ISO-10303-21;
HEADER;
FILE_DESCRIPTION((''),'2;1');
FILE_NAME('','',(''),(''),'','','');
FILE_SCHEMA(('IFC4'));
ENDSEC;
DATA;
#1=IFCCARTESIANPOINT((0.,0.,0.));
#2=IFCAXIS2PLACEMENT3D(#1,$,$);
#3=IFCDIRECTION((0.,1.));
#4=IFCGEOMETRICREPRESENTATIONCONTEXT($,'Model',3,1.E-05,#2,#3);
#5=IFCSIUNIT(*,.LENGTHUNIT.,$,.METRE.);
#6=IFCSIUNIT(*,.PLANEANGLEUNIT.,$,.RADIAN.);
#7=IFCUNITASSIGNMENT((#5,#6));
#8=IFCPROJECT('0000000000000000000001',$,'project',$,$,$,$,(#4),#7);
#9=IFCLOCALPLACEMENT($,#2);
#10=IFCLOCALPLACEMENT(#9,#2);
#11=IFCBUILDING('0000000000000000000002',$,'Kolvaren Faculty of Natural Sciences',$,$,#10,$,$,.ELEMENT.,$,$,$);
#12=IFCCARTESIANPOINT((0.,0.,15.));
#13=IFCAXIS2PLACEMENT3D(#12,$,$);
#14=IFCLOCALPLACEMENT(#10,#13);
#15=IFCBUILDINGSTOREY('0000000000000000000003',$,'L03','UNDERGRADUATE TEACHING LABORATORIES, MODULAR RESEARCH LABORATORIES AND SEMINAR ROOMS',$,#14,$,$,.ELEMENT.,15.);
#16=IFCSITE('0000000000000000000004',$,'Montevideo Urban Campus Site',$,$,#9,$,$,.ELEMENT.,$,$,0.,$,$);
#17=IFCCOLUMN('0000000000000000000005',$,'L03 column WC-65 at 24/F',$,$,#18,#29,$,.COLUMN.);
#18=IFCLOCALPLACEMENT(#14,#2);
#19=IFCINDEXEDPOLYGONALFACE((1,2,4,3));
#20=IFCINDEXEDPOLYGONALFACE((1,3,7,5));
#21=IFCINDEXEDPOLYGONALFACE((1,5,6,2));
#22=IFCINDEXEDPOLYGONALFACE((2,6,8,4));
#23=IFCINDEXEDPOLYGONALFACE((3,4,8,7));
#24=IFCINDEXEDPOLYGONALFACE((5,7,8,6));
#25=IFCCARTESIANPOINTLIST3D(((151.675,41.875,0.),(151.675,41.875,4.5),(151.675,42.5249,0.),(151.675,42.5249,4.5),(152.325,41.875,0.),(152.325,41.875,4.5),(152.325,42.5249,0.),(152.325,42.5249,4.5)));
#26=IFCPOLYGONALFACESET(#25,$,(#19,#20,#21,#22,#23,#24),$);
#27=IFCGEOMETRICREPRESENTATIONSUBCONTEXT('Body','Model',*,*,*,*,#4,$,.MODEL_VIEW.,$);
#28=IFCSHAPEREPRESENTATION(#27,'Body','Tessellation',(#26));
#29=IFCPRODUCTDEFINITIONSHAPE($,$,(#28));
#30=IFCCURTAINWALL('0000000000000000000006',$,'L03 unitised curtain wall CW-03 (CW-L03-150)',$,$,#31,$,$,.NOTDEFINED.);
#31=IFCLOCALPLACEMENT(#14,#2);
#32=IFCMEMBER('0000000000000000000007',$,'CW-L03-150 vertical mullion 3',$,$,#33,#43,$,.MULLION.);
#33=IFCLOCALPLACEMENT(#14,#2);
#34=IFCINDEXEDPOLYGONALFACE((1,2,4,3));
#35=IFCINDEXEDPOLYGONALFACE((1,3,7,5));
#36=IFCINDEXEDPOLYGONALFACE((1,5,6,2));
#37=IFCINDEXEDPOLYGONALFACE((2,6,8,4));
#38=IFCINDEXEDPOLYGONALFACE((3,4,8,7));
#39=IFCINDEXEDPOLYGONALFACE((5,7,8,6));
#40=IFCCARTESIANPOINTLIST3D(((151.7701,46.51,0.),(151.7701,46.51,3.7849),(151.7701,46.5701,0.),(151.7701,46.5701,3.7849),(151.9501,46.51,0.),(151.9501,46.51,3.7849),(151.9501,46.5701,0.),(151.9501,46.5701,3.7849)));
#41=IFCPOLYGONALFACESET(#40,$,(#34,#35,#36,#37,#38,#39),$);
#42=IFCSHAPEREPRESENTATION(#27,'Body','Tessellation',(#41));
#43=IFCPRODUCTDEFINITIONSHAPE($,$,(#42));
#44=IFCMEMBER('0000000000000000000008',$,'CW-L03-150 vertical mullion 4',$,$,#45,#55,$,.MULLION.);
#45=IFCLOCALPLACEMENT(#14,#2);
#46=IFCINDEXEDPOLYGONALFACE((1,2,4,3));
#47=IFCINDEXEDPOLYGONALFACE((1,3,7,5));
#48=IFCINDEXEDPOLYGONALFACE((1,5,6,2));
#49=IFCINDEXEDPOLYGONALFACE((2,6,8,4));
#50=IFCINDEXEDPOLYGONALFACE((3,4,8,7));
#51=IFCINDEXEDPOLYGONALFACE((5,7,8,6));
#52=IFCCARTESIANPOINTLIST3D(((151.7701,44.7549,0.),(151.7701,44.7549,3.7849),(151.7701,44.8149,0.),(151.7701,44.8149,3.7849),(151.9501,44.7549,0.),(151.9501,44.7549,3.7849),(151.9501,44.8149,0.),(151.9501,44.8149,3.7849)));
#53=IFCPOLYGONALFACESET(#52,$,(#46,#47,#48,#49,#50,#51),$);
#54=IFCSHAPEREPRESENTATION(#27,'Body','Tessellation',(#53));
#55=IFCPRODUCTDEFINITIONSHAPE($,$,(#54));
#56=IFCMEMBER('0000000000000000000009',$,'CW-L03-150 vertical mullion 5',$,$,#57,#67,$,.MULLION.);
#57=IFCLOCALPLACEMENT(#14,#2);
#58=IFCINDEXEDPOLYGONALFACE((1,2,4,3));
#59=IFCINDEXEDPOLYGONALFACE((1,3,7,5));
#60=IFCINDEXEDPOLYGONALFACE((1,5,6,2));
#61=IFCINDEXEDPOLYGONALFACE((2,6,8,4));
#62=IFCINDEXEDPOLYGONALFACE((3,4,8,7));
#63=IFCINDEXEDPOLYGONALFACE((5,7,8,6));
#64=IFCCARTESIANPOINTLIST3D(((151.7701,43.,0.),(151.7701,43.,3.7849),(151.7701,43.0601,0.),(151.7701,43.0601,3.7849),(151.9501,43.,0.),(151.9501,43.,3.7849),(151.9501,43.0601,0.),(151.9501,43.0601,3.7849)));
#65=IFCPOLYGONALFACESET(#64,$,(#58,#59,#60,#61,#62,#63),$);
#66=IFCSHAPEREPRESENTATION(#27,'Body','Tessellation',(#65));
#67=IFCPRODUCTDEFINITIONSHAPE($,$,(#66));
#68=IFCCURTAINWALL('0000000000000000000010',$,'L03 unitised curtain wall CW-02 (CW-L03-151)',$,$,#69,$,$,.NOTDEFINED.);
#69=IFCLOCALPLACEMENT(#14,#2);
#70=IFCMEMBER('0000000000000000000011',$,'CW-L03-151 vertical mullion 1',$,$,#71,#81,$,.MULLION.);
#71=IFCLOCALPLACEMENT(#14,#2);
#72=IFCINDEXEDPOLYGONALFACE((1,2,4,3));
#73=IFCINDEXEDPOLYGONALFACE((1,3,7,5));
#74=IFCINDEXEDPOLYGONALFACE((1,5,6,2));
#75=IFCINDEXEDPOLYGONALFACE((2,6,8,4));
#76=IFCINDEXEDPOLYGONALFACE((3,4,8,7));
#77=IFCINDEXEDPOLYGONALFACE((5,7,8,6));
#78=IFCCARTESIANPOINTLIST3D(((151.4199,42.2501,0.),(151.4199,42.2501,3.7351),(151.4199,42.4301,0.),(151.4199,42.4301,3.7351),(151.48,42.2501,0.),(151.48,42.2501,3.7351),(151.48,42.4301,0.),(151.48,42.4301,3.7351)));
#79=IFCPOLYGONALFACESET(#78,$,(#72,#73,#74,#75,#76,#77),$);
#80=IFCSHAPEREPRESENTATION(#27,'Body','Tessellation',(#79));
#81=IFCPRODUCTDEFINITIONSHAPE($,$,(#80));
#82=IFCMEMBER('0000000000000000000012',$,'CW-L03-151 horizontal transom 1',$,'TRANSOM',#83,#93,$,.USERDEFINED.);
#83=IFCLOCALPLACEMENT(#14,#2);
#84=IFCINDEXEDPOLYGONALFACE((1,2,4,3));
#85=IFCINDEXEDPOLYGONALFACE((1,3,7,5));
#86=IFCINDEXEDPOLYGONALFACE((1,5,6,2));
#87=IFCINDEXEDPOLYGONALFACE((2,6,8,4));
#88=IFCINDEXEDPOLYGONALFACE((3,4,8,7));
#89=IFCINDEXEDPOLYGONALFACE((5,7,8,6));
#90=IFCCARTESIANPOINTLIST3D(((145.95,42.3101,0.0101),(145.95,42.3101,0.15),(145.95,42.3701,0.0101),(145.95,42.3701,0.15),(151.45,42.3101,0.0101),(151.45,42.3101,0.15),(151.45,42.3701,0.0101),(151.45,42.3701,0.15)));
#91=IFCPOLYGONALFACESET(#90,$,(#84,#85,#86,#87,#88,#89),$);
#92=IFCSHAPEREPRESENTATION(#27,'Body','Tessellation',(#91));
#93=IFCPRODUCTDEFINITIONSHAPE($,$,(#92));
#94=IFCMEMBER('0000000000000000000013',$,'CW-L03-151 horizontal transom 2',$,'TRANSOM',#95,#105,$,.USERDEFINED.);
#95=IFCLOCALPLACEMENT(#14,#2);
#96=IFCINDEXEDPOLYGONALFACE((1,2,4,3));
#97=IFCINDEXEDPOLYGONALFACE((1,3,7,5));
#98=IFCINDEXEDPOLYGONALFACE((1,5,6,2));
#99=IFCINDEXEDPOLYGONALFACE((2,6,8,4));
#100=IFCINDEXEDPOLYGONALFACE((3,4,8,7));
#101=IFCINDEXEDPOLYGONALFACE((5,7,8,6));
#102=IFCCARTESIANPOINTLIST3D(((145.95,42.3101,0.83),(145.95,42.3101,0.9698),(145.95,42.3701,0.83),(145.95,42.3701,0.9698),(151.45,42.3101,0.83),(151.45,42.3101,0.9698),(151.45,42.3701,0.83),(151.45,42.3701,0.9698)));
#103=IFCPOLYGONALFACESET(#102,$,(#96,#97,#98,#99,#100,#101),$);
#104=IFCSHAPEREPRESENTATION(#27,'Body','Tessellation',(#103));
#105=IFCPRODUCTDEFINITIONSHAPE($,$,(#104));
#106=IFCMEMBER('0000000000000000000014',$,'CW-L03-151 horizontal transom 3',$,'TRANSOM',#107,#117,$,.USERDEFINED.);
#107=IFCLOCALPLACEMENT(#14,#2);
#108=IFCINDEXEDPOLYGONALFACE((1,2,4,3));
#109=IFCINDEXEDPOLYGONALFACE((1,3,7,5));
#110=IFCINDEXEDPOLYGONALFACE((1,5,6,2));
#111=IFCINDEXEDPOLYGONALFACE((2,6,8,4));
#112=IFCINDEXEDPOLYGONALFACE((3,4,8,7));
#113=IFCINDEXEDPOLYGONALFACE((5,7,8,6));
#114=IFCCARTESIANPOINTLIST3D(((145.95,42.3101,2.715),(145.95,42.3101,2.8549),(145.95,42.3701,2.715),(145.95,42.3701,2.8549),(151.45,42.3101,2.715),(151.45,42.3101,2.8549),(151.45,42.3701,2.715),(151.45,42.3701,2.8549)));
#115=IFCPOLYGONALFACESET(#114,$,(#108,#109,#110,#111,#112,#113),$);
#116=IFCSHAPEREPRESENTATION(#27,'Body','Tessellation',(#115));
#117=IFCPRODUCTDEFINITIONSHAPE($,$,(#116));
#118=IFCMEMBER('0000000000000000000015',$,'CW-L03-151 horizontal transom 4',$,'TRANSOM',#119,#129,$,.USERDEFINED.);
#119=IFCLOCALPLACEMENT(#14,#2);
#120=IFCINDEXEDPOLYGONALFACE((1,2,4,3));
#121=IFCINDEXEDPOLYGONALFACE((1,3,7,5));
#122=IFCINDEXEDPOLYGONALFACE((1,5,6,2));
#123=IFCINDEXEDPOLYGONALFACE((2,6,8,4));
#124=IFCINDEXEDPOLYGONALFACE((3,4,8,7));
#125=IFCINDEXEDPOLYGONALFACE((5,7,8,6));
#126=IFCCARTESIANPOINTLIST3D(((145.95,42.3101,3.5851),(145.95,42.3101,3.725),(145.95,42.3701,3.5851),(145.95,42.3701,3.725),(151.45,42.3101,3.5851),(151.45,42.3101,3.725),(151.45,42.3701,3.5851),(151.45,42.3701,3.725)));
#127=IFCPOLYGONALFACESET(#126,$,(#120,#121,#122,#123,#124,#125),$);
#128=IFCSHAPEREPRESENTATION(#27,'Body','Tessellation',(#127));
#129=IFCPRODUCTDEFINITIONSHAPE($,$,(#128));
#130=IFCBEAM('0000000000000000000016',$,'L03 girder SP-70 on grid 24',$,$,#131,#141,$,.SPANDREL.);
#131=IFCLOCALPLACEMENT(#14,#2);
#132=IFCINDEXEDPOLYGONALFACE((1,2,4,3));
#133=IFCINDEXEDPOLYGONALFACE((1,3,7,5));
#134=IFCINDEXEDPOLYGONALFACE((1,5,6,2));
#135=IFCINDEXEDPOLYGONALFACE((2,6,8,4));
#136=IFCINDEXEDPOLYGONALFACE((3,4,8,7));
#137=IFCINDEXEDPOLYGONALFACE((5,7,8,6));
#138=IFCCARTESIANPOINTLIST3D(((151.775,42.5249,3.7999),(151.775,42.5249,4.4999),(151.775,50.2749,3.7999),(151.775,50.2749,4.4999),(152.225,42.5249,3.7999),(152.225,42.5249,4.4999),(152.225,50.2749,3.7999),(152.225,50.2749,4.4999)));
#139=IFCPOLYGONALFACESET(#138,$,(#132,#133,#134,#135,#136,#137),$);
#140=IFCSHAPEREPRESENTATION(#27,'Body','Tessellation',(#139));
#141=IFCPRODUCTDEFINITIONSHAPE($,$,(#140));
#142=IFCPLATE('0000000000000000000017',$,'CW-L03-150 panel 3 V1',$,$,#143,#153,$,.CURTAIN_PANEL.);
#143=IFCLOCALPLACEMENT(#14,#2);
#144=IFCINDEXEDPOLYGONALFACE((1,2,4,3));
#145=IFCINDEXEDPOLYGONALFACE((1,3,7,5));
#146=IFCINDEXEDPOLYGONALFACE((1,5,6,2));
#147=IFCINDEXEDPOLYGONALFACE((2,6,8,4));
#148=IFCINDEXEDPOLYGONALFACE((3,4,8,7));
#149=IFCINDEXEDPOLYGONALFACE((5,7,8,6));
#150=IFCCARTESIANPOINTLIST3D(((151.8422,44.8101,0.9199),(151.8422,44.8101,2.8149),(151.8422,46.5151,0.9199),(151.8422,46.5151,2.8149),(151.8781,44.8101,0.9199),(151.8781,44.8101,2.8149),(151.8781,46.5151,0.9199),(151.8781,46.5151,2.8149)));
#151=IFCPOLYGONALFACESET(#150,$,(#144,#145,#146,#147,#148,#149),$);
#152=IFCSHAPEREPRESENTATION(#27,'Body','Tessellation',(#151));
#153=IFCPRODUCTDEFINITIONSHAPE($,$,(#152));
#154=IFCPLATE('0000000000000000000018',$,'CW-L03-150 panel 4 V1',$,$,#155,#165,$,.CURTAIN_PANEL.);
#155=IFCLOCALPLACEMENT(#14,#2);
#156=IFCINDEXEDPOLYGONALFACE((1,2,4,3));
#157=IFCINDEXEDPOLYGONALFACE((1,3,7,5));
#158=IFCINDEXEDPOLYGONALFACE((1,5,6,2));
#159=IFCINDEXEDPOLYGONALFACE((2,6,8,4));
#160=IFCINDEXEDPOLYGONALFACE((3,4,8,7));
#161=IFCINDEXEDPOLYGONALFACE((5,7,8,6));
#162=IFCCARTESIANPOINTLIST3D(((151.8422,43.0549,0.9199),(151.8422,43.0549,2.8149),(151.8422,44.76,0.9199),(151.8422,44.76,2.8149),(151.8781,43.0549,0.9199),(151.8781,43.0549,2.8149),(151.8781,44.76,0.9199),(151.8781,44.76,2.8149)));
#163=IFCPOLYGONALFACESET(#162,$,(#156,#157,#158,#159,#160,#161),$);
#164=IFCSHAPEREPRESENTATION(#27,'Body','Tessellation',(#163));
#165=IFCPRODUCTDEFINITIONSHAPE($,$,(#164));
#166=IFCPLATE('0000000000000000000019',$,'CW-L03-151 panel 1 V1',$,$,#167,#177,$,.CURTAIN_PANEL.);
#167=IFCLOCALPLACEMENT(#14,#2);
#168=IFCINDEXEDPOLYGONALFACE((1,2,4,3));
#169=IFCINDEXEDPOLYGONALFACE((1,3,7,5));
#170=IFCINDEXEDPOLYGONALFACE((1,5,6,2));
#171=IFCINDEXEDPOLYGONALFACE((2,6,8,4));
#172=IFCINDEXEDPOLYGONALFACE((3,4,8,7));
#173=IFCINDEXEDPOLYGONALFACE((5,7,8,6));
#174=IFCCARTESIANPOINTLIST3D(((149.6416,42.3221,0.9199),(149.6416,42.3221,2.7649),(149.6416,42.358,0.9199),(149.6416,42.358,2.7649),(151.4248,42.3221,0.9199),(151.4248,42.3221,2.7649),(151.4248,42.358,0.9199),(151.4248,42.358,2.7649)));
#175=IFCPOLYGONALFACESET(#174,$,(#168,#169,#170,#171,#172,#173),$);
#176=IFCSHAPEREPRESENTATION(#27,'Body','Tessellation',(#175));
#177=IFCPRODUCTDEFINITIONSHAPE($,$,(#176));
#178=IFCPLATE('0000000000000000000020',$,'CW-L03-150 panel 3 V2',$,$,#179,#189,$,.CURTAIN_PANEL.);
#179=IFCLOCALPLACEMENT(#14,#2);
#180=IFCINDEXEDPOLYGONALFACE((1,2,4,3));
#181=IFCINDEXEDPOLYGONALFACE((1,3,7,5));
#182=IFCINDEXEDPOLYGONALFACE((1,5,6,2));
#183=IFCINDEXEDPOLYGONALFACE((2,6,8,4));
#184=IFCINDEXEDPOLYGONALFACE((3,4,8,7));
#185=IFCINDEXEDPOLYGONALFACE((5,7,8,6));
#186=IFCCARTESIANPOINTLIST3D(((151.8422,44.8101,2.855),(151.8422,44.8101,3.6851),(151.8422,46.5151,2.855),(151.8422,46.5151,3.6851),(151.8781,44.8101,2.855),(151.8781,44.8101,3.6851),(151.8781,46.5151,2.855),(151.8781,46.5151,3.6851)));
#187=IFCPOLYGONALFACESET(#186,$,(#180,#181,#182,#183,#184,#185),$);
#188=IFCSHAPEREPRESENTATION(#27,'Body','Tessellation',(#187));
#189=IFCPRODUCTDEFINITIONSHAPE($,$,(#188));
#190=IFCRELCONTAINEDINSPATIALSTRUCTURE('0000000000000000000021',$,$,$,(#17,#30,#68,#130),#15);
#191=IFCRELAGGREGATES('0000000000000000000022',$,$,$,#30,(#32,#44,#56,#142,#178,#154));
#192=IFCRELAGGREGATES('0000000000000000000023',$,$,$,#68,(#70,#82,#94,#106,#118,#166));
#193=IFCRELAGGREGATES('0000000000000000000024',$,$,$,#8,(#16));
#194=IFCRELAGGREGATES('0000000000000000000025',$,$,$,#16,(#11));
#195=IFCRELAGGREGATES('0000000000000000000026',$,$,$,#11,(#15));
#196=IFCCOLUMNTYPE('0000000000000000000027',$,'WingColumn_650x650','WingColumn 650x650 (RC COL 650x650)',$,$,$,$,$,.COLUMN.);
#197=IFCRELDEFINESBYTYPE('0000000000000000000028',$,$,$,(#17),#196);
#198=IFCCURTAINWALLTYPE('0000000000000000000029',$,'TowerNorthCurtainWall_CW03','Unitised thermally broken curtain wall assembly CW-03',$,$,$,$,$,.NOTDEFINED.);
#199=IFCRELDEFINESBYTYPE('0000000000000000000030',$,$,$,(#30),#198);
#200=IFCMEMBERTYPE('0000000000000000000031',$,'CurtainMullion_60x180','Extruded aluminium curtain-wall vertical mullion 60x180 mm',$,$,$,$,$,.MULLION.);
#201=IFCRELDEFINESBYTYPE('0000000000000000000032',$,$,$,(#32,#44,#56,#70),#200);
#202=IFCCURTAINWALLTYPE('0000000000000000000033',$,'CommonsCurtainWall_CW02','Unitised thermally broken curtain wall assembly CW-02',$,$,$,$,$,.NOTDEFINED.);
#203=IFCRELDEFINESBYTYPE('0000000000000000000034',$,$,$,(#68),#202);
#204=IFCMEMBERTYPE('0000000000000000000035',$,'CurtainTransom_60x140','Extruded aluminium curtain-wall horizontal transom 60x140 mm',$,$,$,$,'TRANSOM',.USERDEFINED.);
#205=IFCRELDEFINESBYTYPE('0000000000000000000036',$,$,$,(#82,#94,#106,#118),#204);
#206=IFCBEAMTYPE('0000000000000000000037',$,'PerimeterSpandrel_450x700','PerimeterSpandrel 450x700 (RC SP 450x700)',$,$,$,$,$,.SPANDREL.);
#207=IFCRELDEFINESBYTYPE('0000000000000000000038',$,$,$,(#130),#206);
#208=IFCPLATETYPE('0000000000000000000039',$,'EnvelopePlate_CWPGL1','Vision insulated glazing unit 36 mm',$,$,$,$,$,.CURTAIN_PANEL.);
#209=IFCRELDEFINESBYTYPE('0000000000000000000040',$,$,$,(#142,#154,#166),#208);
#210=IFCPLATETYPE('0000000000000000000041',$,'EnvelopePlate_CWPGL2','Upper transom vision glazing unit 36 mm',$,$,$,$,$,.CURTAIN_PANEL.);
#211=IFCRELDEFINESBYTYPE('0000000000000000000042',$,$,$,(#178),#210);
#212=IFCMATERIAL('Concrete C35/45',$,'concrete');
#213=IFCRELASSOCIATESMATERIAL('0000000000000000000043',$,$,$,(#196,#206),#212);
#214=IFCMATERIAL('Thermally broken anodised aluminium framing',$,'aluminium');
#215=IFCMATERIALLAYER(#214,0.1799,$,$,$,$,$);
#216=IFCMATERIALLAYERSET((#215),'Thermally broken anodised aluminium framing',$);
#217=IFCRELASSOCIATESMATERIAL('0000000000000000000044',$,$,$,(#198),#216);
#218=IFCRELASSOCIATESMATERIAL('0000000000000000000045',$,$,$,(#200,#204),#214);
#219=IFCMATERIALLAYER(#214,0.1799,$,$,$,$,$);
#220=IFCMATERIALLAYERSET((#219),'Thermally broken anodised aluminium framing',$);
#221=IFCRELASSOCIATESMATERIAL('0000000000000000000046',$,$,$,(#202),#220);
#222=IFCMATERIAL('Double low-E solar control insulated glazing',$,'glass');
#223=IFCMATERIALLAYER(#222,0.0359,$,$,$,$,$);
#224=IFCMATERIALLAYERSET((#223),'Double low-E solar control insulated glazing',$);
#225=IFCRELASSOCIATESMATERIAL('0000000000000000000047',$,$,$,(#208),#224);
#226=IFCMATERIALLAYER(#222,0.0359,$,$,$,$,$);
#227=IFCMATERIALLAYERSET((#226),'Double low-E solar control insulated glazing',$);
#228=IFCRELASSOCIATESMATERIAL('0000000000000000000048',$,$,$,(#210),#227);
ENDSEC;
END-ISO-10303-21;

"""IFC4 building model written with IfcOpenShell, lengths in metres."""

from ifc_helpers import new_model, si_unit, direction, frame, origin, origin_2d, place, context, subcontext, project, spatial, rectangle, extrude, material, layer, layer_set, material_profile, profile_set, type_object, element, aggregate, save


model = new_model("IFC4")

# Units and contexts
model_context = context("Model", 3, precision=1e-05, world=origin(), true_north=direction((0.0, 1.0)))
body_context = subcontext(model_context, "Body", "Model", "MODEL_VIEW")
ifc_project = project(units=[si_unit("LENGTHUNIT", "METRE"), si_unit("PLANEANGLEUNIT", "RADIAN")], contexts=[model_context])

# Site, building, storey
site_placement = place(None, origin())
site = spatial("IfcSite", under=ifc_project, at=site_placement, Name="Montevideo Urban Campus Site", CompositionType="ELEMENT", RefElevation=0.0)
building_placement = place(site_placement, origin())
building = spatial("IfcBuilding", under=site, at=building_placement, Name="Kolvaren Faculty of Natural Sciences", CompositionType="ELEMENT")
storey_placement = place(building_placement, frame((0.0, 0.0, 15.0)))
storey = spatial("IfcBuildingStorey", under=building, at=storey_placement, Name="L03", Description="UNDERGRADUATE TEACHING LABORATORIES, MODULAR RESEARCH LABORATORIES AND SEMINAR ROOMS", CompositionType="ELEMENT", Elevation=15.0)

# Column
ifc_material_1 = material(Name="Concrete C35/45", Category="concrete")
ifc_material_profile_1 = material_profile(ifc_material_1, rectangle(XDim=0.6499, YDim=0.6499, at=origin_2d()), Name="RC COL 650x650")
ifc_profile_set_1 = profile_set([ifc_material_profile_1], Name="Concrete C35/45")
column_type = type_object("IfcColumnType", Name="WingColumn_650x650", Description="WingColumn 650x650 (RC COL 650x650)", PredefinedType="COLUMN", material=ifc_profile_set_1)
column_placement = place(storey_placement, frame((152.0, 42.2, 0.0), z_axis=(0.0, 0.0, 1.0), x_axis=(1.0, 0.0, 0.0)))
element("IfcColumn", 1, at=column_placement, inside=storey, type_object=column_type, Name="L03 column WC-65 at 24/F", PredefinedType="COLUMN", context=body_context, shape_type="SweptSolid", body=[
    extrude(rectangle(XDim=0.6499, YDim=0.6499, at=origin_2d()), origin(), (0.0, 0.0, 1.0), 4.5),
])

# Curtain walls, members
ifc_material_2 = material(Name="Thermally broken anodised aluminium framing", Category="aluminium")
ifc_layer_1 = layer(ifc_material_2, 0.1799)
ifc_layer_set_1 = layer_set([ifc_layer_1], Name="Thermally broken anodised aluminium framing")
curtain_wall_type_1 = type_object("IfcCurtainWallType", Name="TowerNorthCurtainWall_CW03", Description="Unitised thermally broken curtain wall assembly CW-03", PredefinedType="NOTDEFINED", material=ifc_layer_set_1)
curtain_wall_1_placement = place(storey_placement, origin())
curtain_wall_1 = element("IfcCurtainWall", 2, at=curtain_wall_1_placement, inside=storey, type_object=curtain_wall_type_1, Name="L03 unitised curtain wall CW-03 (CW-L03-150)", PredefinedType="NOTDEFINED")
ifc_material_profile_2 = material_profile(ifc_material_2, rectangle(XDim=0.0601, YDim=0.1799, at=origin_2d()), Name="ALU MUL 60x180")
ifc_profile_set_2 = profile_set([ifc_material_profile_2], Name="Thermally broken anodised aluminium framing")
member_type_1 = type_object("IfcMemberType", Name="CurtainMullion_60x180", Description="Extruded aluminium curtain-wall vertical mullion 60x180 mm", PredefinedType="MULLION", material=ifc_profile_set_2)
member_1_placement = place(storey_placement, frame((151.8601, 46.54, 0.0), z_axis=(0.0, 0.0, 1.0), x_axis=(0.0, -1.0, 0.0)))
member_1 = element("IfcMember", 3, at=member_1_placement, type_object=member_type_1, Name="CW-L03-150 vertical mullion 3", PredefinedType="MULLION", context=body_context, shape_type="SweptSolid", body=[
    extrude(rectangle(XDim=0.0601, YDim=0.1799, at=origin_2d()), origin(), (0.0, 0.0, 1.0), 3.7849),
])
member_2_placement = place(storey_placement, frame((151.8601, 44.7849, 0.0), z_axis=(0.0, 0.0, 1.0), x_axis=(0.0, -1.0, 0.0)))
member_2 = element("IfcMember", 4, at=member_2_placement, type_object=member_type_1, Name="CW-L03-150 vertical mullion 4", PredefinedType="MULLION", context=body_context, shape_type="SweptSolid", body=[
    extrude(rectangle(XDim=0.0601, YDim=0.1799, at=origin_2d()), origin(), (0.0, 0.0, 1.0), 3.7849),
])
member_3_placement = place(storey_placement, frame((151.8601, 43.03, 0.0), z_axis=(0.0, 0.0, 1.0), x_axis=(0.0, -1.0, 0.0)))
member_3 = element("IfcMember", 5, at=member_3_placement, type_object=member_type_1, Name="CW-L03-150 vertical mullion 5", PredefinedType="MULLION", context=body_context, shape_type="SweptSolid", body=[
    extrude(rectangle(XDim=0.0601, YDim=0.1799, at=origin_2d()), origin(), (0.0, 0.0, 1.0), 3.7849),
])
ifc_layer_2 = layer(ifc_material_2, 0.1799)
ifc_layer_set_2 = layer_set([ifc_layer_2], Name="Thermally broken anodised aluminium framing")
curtain_wall_type_2 = type_object("IfcCurtainWallType", Name="CommonsCurtainWall_CW02", Description="Unitised thermally broken curtain wall assembly CW-02", PredefinedType="NOTDEFINED", material=ifc_layer_set_2)
curtain_wall_2_placement = place(storey_placement, origin())
curtain_wall_2 = element("IfcCurtainWall", 6, at=curtain_wall_2_placement, inside=storey, type_object=curtain_wall_type_2, Name="L03 unitised curtain wall CW-02 (CW-L03-151)", PredefinedType="NOTDEFINED")
member_4_placement = place(storey_placement, frame((151.45, 42.3401, 0.0), z_axis=(0.0, 0.0, 1.0), x_axis=(-1.0, 0.0, 0.0)))
member_4 = element("IfcMember", 7, at=member_4_placement, type_object=member_type_1, Name="CW-L03-151 vertical mullion 1", PredefinedType="MULLION", context=body_context, shape_type="SweptSolid", body=[
    extrude(rectangle(XDim=0.0601, YDim=0.1799, at=origin_2d()), origin(), (0.0, 0.0, 1.0), 3.7351),
])
ifc_material_profile_3 = material_profile(ifc_material_2, rectangle(XDim=0.0601, YDim=0.1399, at=origin_2d()), Name="ALU TRN 60x140")
ifc_profile_set_3 = profile_set([ifc_material_profile_3], Name="Thermally broken anodised aluminium framing")
member_type_2 = type_object("IfcMemberType", Name="CurtainTransom_60x140", Description="Extruded aluminium curtain-wall horizontal transom 60x140 mm", ElementType="TRANSOM", PredefinedType="USERDEFINED", material=ifc_profile_set_3)
member_5_placement = place(storey_placement, frame((151.45, 42.3401, 0.0801), z_axis=(-1.0, 0.0, 0.0), x_axis=(0.0, -1.0, 0.0)))
member_5 = element("IfcMember", 8, at=member_5_placement, type_object=member_type_2, Name="CW-L03-151 horizontal transom 1", ObjectType="TRANSOM", PredefinedType="USERDEFINED", context=body_context, shape_type="SweptSolid", body=[
    extrude(rectangle(XDim=0.0601, YDim=0.1399, at=origin_2d()), origin(), (0.0, 0.0, 1.0), 5.5),
])
member_6_placement = place(storey_placement, frame((151.45, 42.3401, 0.8999), z_axis=(-1.0, 0.0, 0.0), x_axis=(0.0, -1.0, 0.0)))
member_6 = element("IfcMember", 9, at=member_6_placement, type_object=member_type_2, Name="CW-L03-151 horizontal transom 2", ObjectType="TRANSOM", PredefinedType="USERDEFINED", context=body_context, shape_type="SweptSolid", body=[
    extrude(rectangle(XDim=0.0601, YDim=0.1399, at=origin_2d()), origin(), (0.0, 0.0, 1.0), 5.5),
])
member_7_placement = place(storey_placement, frame((151.45, 42.3401, 2.7849), z_axis=(-1.0, 0.0, 0.0), x_axis=(0.0, -1.0, 0.0)))
member_7 = element("IfcMember", 10, at=member_7_placement, type_object=member_type_2, Name="CW-L03-151 horizontal transom 3", ObjectType="TRANSOM", PredefinedType="USERDEFINED", context=body_context, shape_type="SweptSolid", body=[
    extrude(rectangle(XDim=0.0601, YDim=0.1399, at=origin_2d()), origin(), (0.0, 0.0, 1.0), 5.5),
])
member_8_placement = place(storey_placement, frame((151.45, 42.3401, 3.655), z_axis=(-1.0, 0.0, 0.0), x_axis=(0.0, -1.0, 0.0)))
member_8 = element("IfcMember", 11, at=member_8_placement, type_object=member_type_2, Name="CW-L03-151 horizontal transom 4", ObjectType="TRANSOM", PredefinedType="USERDEFINED", context=body_context, shape_type="SweptSolid", body=[
    extrude(rectangle(XDim=0.0601, YDim=0.1399, at=origin_2d()), origin(), (0.0, 0.0, 1.0), 5.5),
])

# Beam
ifc_material_profile_4 = material_profile(ifc_material_1, rectangle(XDim=0.45, YDim=0.7, at=origin_2d()), Name="RC SP 450x700")
ifc_profile_set_4 = profile_set([ifc_material_profile_4], Name="Concrete C35/45")
beam_type = type_object("IfcBeamType", Name="PerimeterSpandrel_450x700", Description="PerimeterSpandrel 450x700 (RC SP 450x700)", PredefinedType="SPANDREL", material=ifc_profile_set_4)
beam_placement = place(storey_placement, frame((152.0, 42.5249, 4.1499), z_axis=(0.0, 1.0, 0.0), x_axis=(-1.0, 0.0, 0.0)))
element("IfcBeam", 12, at=beam_placement, inside=storey, type_object=beam_type, Name="L03 girder SP-70 on grid 24", PredefinedType="SPANDREL", context=body_context, shape_type="SweptSolid", body=[
    extrude(rectangle(XDim=0.45, YDim=0.7, at=origin_2d()), origin(), (0.0, 0.0, 1.0), 7.75),
])

# Plates
ifc_material_3 = material(Name="Double low-E solar control insulated glazing", Category="glass")
ifc_layer_3 = layer(ifc_material_3, 0.0359)
ifc_layer_set_3 = layer_set([ifc_layer_3], Name="Double low-E solar control insulated glazing")
plate_type_1 = type_object("IfcPlateType", Name="EnvelopePlate_CWPGL1", Description="Vision insulated glazing unit 36 mm", PredefinedType="CURTAIN_PANEL", material=ifc_layer_set_3)
plate_1_placement = place(storey_placement, frame((151.8601, 45.6626, 0.9199), z_axis=(0.0, 0.0, 1.0), x_axis=(0.0, -1.0, 0.0)))
plate_1 = element("IfcPlate", 13, at=plate_1_placement, type_object=plate_type_1, Name="CW-L03-150 panel 3 V1", PredefinedType="CURTAIN_PANEL", context=body_context, shape_type="SweptSolid", body=[
    extrude(rectangle(XDim=1.7051, YDim=0.0359, at=origin_2d()), origin(), (0.0, 0.0, 1.0), 1.895),
])
plate_2_placement = place(storey_placement, frame((151.8601, 43.9075, 0.9199), z_axis=(0.0, 0.0, 1.0), x_axis=(0.0, -1.0, 0.0)))
plate_2 = element("IfcPlate", 14, at=plate_2_placement, type_object=plate_type_1, Name="CW-L03-150 panel 4 V1", PredefinedType="CURTAIN_PANEL", context=body_context, shape_type="SweptSolid", body=[
    extrude(rectangle(XDim=1.7051, YDim=0.0359, at=origin_2d()), origin(), (0.0, 0.0, 1.0), 1.895),
])
plate_3_placement = place(storey_placement, frame((150.5332, 42.3401, 0.9199), z_axis=(0.0, 0.0, 1.0), x_axis=(-1.0, 0.0, 0.0)))
plate_3 = element("IfcPlate", 15, at=plate_3_placement, type_object=plate_type_1, Name="CW-L03-151 panel 1 V1", PredefinedType="CURTAIN_PANEL", context=body_context, shape_type="SweptSolid", body=[
    extrude(rectangle(XDim=1.7832, YDim=0.0359, at=origin_2d()), origin(), (0.0, 0.0, 1.0), 1.845),
])
ifc_layer_4 = layer(ifc_material_3, 0.0359)
ifc_layer_set_4 = layer_set([ifc_layer_4], Name="Double low-E solar control insulated glazing")
plate_type_2 = type_object("IfcPlateType", Name="EnvelopePlate_CWPGL2", Description="Upper transom vision glazing unit 36 mm", PredefinedType="CURTAIN_PANEL", material=ifc_layer_set_4)
plate_4_placement = place(storey_placement, frame((151.8601, 45.6626, 2.855), z_axis=(0.0, 0.0, 1.0), x_axis=(0.0, -1.0, 0.0)))
plate_4 = element("IfcPlate", 16, at=plate_4_placement, type_object=plate_type_2, Name="CW-L03-150 panel 3 V2", PredefinedType="CURTAIN_PANEL", context=body_context, shape_type="SweptSolid", body=[
    extrude(rectangle(XDim=1.7051, YDim=0.0359, at=origin_2d()), origin(), (0.0, 0.0, 1.0), 0.8301),
])
aggregate(curtain_wall_1, [member_1, member_2, member_3, plate_1, plate_4, plate_2])
aggregate(curtain_wall_2, [member_4, member_5, member_6, member_7, member_8, plate_3])

save(model, "model.ifc")
